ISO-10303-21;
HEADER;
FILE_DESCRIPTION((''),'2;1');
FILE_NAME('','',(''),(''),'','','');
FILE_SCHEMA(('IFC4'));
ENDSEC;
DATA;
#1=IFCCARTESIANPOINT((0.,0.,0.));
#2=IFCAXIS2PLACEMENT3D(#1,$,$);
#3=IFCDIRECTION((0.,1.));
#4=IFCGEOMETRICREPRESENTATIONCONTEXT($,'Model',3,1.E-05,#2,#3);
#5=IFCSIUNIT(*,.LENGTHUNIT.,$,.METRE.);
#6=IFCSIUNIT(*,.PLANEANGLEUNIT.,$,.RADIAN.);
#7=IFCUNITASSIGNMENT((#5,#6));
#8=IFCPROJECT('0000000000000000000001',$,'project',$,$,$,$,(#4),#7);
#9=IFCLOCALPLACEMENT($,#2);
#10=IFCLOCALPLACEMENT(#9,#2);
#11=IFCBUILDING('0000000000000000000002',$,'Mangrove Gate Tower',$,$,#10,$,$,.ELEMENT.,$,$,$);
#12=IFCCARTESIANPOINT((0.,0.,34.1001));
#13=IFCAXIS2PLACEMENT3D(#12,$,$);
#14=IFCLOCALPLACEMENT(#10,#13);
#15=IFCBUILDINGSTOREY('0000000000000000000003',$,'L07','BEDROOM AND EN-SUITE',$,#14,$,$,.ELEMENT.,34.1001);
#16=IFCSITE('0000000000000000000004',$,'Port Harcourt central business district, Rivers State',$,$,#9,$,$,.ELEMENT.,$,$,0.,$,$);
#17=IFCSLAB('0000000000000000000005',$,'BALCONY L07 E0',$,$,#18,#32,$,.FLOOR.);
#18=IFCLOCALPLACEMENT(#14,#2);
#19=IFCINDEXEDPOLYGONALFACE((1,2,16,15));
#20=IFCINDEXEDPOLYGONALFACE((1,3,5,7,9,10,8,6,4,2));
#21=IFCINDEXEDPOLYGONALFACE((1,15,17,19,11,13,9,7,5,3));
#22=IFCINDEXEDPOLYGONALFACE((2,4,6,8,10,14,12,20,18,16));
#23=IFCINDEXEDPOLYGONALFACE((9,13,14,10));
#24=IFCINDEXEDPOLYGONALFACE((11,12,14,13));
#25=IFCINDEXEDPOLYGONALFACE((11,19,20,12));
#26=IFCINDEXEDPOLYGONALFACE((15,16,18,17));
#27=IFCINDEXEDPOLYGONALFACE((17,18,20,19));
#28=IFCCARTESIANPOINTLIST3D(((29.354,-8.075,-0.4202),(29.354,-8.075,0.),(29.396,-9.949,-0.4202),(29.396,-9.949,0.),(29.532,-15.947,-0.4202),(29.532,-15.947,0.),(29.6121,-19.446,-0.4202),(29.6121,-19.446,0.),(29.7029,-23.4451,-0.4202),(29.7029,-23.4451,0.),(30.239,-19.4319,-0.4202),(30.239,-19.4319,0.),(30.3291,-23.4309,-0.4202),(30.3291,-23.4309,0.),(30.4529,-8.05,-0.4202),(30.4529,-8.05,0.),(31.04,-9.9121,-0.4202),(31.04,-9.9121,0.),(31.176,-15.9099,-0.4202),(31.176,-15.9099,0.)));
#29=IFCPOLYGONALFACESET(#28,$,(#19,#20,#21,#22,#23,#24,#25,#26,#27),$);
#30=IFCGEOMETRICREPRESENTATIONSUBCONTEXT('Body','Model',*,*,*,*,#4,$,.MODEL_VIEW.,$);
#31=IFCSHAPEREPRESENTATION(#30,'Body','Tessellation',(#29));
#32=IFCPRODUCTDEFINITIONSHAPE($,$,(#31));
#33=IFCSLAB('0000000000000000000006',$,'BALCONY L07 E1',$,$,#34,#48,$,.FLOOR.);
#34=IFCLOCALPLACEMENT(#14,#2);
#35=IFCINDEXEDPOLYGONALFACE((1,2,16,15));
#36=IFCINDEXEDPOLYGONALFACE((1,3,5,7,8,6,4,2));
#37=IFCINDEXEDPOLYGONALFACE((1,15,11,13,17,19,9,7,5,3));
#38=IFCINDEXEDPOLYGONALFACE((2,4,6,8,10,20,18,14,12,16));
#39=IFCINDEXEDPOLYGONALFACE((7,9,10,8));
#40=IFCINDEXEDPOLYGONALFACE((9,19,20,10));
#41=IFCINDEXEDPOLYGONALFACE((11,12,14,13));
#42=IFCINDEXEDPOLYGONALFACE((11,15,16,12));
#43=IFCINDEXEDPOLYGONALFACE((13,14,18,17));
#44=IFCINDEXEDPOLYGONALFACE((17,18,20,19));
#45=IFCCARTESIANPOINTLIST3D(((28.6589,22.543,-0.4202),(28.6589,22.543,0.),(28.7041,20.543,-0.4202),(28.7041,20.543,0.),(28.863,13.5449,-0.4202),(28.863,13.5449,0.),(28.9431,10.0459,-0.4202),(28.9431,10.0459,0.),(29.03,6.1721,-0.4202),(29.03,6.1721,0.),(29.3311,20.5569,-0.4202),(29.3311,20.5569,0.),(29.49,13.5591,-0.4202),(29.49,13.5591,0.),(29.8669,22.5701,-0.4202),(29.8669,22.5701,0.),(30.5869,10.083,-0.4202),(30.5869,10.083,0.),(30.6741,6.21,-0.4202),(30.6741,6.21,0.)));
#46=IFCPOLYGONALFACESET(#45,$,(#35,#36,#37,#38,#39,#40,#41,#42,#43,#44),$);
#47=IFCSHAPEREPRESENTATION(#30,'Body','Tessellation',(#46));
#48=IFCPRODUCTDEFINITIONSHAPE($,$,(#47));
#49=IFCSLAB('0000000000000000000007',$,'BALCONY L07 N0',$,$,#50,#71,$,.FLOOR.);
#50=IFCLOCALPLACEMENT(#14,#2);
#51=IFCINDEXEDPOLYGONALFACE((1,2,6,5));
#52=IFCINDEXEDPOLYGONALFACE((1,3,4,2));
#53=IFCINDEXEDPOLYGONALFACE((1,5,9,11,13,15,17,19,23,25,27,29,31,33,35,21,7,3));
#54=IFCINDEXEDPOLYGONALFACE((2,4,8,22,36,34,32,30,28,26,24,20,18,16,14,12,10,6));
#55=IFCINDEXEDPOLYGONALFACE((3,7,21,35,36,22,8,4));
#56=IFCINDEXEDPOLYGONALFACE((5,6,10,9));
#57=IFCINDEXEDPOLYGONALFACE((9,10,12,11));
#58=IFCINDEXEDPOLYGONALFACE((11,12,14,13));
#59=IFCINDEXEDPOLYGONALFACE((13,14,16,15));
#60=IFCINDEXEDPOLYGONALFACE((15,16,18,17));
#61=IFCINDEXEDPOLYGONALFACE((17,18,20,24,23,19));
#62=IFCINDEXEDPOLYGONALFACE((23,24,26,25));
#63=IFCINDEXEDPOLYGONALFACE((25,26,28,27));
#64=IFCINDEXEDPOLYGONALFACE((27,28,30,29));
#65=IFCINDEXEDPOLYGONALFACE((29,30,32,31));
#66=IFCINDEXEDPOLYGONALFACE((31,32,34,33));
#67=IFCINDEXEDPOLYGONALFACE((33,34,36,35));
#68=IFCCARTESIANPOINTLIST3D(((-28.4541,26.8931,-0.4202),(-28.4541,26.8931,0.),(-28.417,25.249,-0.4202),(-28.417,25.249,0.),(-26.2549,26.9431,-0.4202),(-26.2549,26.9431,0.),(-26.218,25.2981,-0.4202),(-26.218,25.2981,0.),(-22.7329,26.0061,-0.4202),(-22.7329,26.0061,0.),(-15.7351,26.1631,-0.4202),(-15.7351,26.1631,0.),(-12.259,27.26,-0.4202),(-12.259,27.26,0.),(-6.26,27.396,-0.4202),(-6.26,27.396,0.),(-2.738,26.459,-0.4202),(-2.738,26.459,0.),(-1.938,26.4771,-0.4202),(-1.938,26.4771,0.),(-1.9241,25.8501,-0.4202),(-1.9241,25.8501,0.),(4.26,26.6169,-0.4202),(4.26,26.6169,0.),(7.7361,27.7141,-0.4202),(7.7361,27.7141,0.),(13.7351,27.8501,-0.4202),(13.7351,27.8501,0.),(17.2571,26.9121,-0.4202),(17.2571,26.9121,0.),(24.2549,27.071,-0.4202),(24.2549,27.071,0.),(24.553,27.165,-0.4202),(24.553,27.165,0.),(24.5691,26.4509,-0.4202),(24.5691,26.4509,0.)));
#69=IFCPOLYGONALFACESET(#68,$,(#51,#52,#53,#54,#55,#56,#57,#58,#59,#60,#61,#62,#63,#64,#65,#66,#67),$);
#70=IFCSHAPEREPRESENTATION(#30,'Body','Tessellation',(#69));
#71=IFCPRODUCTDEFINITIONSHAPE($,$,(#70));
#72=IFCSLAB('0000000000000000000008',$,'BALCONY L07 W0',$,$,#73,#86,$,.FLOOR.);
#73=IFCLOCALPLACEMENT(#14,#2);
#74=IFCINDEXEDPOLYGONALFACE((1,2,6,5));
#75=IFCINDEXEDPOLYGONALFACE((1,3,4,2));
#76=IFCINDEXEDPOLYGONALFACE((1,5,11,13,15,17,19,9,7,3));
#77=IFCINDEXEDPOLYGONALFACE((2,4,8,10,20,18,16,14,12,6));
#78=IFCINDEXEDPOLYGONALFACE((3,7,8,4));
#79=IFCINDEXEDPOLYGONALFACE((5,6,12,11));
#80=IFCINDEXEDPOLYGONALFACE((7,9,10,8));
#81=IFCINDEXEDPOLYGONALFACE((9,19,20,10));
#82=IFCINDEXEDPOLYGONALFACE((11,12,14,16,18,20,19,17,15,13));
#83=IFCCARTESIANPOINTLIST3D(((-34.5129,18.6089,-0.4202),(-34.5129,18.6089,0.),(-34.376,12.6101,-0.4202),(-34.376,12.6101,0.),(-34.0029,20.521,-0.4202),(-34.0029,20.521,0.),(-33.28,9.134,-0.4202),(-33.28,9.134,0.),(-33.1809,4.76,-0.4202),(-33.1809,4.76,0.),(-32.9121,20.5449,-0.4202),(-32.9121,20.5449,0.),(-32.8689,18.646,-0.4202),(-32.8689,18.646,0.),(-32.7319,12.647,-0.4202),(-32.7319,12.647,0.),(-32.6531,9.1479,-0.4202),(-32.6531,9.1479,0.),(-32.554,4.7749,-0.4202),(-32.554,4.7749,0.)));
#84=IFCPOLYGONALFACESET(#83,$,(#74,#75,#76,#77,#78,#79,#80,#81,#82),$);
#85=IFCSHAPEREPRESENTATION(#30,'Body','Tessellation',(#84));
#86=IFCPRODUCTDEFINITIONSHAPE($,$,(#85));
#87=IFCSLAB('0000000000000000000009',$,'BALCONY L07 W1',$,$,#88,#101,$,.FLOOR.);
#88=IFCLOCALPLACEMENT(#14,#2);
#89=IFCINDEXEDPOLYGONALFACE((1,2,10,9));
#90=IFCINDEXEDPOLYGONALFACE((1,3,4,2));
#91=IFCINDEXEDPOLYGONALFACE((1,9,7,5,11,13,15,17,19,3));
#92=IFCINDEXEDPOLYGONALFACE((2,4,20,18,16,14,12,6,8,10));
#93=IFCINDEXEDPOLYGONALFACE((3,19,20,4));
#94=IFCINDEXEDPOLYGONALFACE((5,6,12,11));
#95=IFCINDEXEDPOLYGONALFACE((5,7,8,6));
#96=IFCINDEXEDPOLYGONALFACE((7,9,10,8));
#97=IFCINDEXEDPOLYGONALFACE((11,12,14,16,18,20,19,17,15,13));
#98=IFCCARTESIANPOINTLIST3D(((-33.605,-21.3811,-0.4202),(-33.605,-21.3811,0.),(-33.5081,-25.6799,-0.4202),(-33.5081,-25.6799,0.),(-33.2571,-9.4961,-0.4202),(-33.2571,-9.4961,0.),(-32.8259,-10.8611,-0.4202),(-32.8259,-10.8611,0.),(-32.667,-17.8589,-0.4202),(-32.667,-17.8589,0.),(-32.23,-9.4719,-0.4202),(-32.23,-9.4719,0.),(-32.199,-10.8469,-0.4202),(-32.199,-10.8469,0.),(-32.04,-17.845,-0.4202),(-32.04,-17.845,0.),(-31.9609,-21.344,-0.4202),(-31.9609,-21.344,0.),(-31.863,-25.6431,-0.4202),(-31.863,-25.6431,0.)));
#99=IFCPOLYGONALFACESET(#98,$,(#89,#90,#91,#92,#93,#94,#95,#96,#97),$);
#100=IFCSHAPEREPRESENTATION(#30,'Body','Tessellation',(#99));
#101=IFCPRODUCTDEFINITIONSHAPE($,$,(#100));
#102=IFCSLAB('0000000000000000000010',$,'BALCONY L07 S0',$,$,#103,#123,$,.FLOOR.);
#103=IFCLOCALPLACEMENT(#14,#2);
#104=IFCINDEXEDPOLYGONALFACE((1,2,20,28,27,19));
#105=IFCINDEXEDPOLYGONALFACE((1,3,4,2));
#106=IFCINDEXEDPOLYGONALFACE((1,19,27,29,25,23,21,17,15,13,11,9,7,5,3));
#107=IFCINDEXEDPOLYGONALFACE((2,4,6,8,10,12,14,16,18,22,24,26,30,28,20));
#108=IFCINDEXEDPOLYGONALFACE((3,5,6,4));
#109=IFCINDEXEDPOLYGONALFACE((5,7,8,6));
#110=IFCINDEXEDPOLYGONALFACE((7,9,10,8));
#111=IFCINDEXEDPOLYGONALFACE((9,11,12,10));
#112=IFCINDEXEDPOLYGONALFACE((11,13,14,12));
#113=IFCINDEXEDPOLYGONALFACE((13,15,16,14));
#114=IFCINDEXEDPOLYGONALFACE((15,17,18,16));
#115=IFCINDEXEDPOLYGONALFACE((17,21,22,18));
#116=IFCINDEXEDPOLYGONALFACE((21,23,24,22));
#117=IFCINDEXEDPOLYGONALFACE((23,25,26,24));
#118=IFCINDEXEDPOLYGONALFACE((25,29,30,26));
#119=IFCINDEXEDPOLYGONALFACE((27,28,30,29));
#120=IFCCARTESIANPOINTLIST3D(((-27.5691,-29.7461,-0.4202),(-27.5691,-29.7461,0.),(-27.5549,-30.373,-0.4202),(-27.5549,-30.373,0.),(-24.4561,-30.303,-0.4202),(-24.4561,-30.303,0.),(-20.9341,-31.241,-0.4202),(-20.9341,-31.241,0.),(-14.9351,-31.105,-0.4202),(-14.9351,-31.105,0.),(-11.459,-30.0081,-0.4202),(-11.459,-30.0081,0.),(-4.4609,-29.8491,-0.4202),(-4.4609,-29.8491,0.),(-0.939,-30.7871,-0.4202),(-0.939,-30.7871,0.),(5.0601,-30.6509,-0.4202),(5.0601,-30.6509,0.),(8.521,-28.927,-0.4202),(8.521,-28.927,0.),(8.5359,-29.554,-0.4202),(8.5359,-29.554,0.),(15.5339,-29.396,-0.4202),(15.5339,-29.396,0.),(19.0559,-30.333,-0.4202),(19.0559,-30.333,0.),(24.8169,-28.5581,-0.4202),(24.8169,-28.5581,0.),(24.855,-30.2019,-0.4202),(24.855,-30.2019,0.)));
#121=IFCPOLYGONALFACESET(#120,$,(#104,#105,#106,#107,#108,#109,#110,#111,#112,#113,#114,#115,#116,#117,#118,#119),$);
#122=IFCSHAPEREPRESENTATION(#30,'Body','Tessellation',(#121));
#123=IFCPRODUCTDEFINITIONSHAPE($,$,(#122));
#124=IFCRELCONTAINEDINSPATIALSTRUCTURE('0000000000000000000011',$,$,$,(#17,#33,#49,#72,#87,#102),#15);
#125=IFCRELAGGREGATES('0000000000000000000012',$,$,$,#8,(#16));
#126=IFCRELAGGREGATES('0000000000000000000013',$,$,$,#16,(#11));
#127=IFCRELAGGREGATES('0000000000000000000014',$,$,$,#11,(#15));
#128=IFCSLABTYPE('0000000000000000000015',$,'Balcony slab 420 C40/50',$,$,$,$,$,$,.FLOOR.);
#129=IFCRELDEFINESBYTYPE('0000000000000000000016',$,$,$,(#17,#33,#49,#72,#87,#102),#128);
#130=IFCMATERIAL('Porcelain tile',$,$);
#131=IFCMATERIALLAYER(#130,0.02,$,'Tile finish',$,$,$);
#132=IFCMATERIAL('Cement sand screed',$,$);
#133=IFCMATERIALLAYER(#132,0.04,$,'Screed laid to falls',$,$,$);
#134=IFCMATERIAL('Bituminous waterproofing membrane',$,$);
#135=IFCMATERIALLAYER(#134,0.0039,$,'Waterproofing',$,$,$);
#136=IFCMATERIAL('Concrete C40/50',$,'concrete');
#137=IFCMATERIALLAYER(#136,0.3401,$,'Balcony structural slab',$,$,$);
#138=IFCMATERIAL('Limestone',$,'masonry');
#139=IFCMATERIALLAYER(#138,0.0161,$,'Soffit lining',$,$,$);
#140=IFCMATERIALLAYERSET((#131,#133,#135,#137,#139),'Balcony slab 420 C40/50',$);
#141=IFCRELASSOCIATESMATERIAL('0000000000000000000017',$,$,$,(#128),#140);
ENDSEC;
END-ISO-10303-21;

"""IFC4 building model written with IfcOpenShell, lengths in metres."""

from ifc_helpers import new_model, si_unit, direction, frame, origin, place, context, subcontext, project, spatial, polyline, outline, extrude, material, layer, layer_set, type_object, element, save


model = new_model("IFC4")

# Units and contexts
model_context = context("Model", 3, precision=1e-05, world=origin(), true_north=direction((0.0, 1.0)))
body_context = subcontext(model_context, "Body", "Model", "MODEL_VIEW")
ifc_project = project(units=[si_unit("LENGTHUNIT", "METRE"), si_unit("PLANEANGLEUNIT", "RADIAN")], contexts=[model_context])

# Site, building, storey
site_placement = place(None, origin())
site = spatial("IfcSite", under=ifc_project, at=site_placement, Name="Port Harcourt central business district, Rivers State", CompositionType="ELEMENT", RefElevation=0.0)
building_placement = place(site_placement, origin())
building = spatial("IfcBuilding", under=site, at=building_placement, Name="Mangrove Gate Tower", CompositionType="ELEMENT")
storey_placement = place(building_placement, frame((0.0, 0.0, 34.1001)))
storey = spatial("IfcBuildingStorey", under=building, at=storey_placement, Name="L07", Description="BEDROOM AND EN-SUITE", CompositionType="ELEMENT", Elevation=34.1001)

# Slabs
ifc_material_1 = material(Name="Porcelain tile")
ifc_layer_1 = layer(ifc_material_1, 0.02, Name="Tile finish")
ifc_material_2 = material(Name="Cement sand screed")
ifc_layer_2 = layer(ifc_material_2, 0.04, Name="Screed laid to falls")
ifc_material_3 = material(Name="Bituminous waterproofing membrane")
ifc_layer_3 = layer(ifc_material_3, 0.0039, Name="Waterproofing")
ifc_material_4 = material(Name="Concrete C40/50", Category="concrete")
ifc_layer_4 = layer(ifc_material_4, 0.3401, Name="Balcony structural slab")
ifc_material_5 = material(Name="Limestone", Category="masonry")
ifc_layer_5 = layer(ifc_material_5, 0.0161, Name="Soffit lining")
ifc_layer_set_1 = layer_set([ifc_layer_1, ifc_layer_2, ifc_layer_3, ifc_layer_4, ifc_layer_5], Name="Balcony slab 420 C40/50")
slab_type_1 = type_object("IfcSlabType", Name="Balcony slab 420 C40/50", PredefinedType="FLOOR", material=ifc_layer_set_1)
slab_1_placement = place(storey_placement, frame((0.0, 0.0, -0.4202)))
element("IfcSlab", 1, at=slab_1_placement, inside=storey, type_object=slab_type_1, Name="BALCONY L07 E0", PredefinedType="FLOOR", context=body_context, shape_type="SweptSolid", body=[
    extrude(outline(polyline([(30.3291, -23.4309), (30.239, -19.4319), (31.176, -15.9099), (31.04, -9.9121), (30.4529, -8.05), (29.354, -8.075), (29.396, -9.949), (29.532, -15.947), (29.6121, -19.446), (29.7029, -23.4451), (30.3291, -23.4309)])), origin(), (0.0, 0.0, 1.0), 0.4202),
])
slab_2_placement = place(storey_placement, frame((0.0, 0.0, -0.4202)))
element("IfcSlab", 2, at=slab_2_placement, inside=storey, type_object=slab_type_1, Name="BALCONY L07 E1", PredefinedType="FLOOR", context=body_context, shape_type="SweptSolid", body=[
    extrude(outline(polyline([(30.6741, 6.21), (30.5869, 10.083), (29.49, 13.5591), (29.3311, 20.5569), (29.8669, 22.5701), (28.6589, 22.543), (28.7041, 20.543), (28.863, 13.5449), (28.9431, 10.0459), (29.03, 6.1721), (30.6741, 6.21)])), origin(), (0.0, 0.0, 1.0), 0.4202),
])
slab_3_placement = place(storey_placement, frame((0.0, 0.0, -0.4202)))
element("IfcSlab", 3, at=slab_3_placement, inside=storey, type_object=slab_type_1, Name="BALCONY L07 N0", PredefinedType="FLOOR", context=body_context, shape_type="SweptSolid", body=[
    extrude(outline(polyline([(24.553, 27.165), (24.2549, 27.071), (17.2571, 26.9121), (13.7351, 27.8501), (7.7361, 27.7141), (4.26, 26.6169), (-1.938, 26.4771), (-2.738, 26.459), (-6.26, 27.396), (-12.259, 27.26), (-15.7351, 26.1631), (-22.7329, 26.0061), (-26.2549, 26.9431), (-28.4541, 26.8931), (-28.417, 25.249), (-26.218, 25.2981), (-1.9241, 25.8501), (24.5691, 26.4509), (24.553, 27.165)])), origin(), (0.0, 0.0, 1.0), 0.4202),
])
slab_4_placement = place(storey_placement, frame((0.0, 0.0, -0.4202)))
element("IfcSlab", 4, at=slab_4_placement, inside=storey, type_object=slab_type_1, Name="BALCONY L07 W0", PredefinedType="FLOOR", context=body_context, shape_type="SweptSolid", body=[
    extrude(outline(polyline([(-34.0029, 20.521), (-34.5129, 18.6089), (-34.376, 12.6101), (-33.28, 9.134), (-33.1809, 4.76), (-32.554, 4.7749), (-32.6531, 9.1479), (-32.7319, 12.647), (-32.8689, 18.646), (-32.9121, 20.5449), (-34.0029, 20.521)])), origin(), (0.0, 0.0, 1.0), 0.4202),
])
slab_5_placement = place(storey_placement, frame((0.0, 0.0, -0.4202)))
element("IfcSlab", 5, at=slab_5_placement, inside=storey, type_object=slab_type_1, Name="BALCONY L07 W1", PredefinedType="FLOOR", context=body_context, shape_type="SweptSolid", body=[
    extrude(outline(polyline([(-33.2571, -9.4961), (-32.8259, -10.8611), (-32.667, -17.8589), (-33.605, -21.3811), (-33.5081, -25.6799), (-31.863, -25.6431), (-31.9609, -21.344), (-32.04, -17.845), (-32.199, -10.8469), (-32.23, -9.4719), (-33.2571, -9.4961)])), origin(), (0.0, 0.0, 1.0), 0.4202),
])
slab_6_placement = place(storey_placement, frame((0.0, 0.0, -0.4202)))
element("IfcSlab", 6, at=slab_6_placement, inside=storey, type_object=slab_type_1, Name="BALCONY L07 S0", PredefinedType="FLOOR", context=body_context, shape_type="SweptSolid", body=[
    extrude(outline(polyline([(-27.5549, -30.373), (-24.4561, -30.303), (-20.9341, -31.241), (-14.9351, -31.105), (-11.459, -30.0081), (-4.4609, -29.8491), (-0.939, -30.7871), (5.0601, -30.6509), (8.5359, -29.554), (15.5339, -29.396), (19.0559, -30.333), (24.855, -30.2019), (24.8169, -28.5581), (8.521, -28.927), (-27.5691, -29.7461), (-27.5549, -30.373)])), origin(), (0.0, 0.0, 1.0), 0.4202),
])

save(model, "model.ifc")
